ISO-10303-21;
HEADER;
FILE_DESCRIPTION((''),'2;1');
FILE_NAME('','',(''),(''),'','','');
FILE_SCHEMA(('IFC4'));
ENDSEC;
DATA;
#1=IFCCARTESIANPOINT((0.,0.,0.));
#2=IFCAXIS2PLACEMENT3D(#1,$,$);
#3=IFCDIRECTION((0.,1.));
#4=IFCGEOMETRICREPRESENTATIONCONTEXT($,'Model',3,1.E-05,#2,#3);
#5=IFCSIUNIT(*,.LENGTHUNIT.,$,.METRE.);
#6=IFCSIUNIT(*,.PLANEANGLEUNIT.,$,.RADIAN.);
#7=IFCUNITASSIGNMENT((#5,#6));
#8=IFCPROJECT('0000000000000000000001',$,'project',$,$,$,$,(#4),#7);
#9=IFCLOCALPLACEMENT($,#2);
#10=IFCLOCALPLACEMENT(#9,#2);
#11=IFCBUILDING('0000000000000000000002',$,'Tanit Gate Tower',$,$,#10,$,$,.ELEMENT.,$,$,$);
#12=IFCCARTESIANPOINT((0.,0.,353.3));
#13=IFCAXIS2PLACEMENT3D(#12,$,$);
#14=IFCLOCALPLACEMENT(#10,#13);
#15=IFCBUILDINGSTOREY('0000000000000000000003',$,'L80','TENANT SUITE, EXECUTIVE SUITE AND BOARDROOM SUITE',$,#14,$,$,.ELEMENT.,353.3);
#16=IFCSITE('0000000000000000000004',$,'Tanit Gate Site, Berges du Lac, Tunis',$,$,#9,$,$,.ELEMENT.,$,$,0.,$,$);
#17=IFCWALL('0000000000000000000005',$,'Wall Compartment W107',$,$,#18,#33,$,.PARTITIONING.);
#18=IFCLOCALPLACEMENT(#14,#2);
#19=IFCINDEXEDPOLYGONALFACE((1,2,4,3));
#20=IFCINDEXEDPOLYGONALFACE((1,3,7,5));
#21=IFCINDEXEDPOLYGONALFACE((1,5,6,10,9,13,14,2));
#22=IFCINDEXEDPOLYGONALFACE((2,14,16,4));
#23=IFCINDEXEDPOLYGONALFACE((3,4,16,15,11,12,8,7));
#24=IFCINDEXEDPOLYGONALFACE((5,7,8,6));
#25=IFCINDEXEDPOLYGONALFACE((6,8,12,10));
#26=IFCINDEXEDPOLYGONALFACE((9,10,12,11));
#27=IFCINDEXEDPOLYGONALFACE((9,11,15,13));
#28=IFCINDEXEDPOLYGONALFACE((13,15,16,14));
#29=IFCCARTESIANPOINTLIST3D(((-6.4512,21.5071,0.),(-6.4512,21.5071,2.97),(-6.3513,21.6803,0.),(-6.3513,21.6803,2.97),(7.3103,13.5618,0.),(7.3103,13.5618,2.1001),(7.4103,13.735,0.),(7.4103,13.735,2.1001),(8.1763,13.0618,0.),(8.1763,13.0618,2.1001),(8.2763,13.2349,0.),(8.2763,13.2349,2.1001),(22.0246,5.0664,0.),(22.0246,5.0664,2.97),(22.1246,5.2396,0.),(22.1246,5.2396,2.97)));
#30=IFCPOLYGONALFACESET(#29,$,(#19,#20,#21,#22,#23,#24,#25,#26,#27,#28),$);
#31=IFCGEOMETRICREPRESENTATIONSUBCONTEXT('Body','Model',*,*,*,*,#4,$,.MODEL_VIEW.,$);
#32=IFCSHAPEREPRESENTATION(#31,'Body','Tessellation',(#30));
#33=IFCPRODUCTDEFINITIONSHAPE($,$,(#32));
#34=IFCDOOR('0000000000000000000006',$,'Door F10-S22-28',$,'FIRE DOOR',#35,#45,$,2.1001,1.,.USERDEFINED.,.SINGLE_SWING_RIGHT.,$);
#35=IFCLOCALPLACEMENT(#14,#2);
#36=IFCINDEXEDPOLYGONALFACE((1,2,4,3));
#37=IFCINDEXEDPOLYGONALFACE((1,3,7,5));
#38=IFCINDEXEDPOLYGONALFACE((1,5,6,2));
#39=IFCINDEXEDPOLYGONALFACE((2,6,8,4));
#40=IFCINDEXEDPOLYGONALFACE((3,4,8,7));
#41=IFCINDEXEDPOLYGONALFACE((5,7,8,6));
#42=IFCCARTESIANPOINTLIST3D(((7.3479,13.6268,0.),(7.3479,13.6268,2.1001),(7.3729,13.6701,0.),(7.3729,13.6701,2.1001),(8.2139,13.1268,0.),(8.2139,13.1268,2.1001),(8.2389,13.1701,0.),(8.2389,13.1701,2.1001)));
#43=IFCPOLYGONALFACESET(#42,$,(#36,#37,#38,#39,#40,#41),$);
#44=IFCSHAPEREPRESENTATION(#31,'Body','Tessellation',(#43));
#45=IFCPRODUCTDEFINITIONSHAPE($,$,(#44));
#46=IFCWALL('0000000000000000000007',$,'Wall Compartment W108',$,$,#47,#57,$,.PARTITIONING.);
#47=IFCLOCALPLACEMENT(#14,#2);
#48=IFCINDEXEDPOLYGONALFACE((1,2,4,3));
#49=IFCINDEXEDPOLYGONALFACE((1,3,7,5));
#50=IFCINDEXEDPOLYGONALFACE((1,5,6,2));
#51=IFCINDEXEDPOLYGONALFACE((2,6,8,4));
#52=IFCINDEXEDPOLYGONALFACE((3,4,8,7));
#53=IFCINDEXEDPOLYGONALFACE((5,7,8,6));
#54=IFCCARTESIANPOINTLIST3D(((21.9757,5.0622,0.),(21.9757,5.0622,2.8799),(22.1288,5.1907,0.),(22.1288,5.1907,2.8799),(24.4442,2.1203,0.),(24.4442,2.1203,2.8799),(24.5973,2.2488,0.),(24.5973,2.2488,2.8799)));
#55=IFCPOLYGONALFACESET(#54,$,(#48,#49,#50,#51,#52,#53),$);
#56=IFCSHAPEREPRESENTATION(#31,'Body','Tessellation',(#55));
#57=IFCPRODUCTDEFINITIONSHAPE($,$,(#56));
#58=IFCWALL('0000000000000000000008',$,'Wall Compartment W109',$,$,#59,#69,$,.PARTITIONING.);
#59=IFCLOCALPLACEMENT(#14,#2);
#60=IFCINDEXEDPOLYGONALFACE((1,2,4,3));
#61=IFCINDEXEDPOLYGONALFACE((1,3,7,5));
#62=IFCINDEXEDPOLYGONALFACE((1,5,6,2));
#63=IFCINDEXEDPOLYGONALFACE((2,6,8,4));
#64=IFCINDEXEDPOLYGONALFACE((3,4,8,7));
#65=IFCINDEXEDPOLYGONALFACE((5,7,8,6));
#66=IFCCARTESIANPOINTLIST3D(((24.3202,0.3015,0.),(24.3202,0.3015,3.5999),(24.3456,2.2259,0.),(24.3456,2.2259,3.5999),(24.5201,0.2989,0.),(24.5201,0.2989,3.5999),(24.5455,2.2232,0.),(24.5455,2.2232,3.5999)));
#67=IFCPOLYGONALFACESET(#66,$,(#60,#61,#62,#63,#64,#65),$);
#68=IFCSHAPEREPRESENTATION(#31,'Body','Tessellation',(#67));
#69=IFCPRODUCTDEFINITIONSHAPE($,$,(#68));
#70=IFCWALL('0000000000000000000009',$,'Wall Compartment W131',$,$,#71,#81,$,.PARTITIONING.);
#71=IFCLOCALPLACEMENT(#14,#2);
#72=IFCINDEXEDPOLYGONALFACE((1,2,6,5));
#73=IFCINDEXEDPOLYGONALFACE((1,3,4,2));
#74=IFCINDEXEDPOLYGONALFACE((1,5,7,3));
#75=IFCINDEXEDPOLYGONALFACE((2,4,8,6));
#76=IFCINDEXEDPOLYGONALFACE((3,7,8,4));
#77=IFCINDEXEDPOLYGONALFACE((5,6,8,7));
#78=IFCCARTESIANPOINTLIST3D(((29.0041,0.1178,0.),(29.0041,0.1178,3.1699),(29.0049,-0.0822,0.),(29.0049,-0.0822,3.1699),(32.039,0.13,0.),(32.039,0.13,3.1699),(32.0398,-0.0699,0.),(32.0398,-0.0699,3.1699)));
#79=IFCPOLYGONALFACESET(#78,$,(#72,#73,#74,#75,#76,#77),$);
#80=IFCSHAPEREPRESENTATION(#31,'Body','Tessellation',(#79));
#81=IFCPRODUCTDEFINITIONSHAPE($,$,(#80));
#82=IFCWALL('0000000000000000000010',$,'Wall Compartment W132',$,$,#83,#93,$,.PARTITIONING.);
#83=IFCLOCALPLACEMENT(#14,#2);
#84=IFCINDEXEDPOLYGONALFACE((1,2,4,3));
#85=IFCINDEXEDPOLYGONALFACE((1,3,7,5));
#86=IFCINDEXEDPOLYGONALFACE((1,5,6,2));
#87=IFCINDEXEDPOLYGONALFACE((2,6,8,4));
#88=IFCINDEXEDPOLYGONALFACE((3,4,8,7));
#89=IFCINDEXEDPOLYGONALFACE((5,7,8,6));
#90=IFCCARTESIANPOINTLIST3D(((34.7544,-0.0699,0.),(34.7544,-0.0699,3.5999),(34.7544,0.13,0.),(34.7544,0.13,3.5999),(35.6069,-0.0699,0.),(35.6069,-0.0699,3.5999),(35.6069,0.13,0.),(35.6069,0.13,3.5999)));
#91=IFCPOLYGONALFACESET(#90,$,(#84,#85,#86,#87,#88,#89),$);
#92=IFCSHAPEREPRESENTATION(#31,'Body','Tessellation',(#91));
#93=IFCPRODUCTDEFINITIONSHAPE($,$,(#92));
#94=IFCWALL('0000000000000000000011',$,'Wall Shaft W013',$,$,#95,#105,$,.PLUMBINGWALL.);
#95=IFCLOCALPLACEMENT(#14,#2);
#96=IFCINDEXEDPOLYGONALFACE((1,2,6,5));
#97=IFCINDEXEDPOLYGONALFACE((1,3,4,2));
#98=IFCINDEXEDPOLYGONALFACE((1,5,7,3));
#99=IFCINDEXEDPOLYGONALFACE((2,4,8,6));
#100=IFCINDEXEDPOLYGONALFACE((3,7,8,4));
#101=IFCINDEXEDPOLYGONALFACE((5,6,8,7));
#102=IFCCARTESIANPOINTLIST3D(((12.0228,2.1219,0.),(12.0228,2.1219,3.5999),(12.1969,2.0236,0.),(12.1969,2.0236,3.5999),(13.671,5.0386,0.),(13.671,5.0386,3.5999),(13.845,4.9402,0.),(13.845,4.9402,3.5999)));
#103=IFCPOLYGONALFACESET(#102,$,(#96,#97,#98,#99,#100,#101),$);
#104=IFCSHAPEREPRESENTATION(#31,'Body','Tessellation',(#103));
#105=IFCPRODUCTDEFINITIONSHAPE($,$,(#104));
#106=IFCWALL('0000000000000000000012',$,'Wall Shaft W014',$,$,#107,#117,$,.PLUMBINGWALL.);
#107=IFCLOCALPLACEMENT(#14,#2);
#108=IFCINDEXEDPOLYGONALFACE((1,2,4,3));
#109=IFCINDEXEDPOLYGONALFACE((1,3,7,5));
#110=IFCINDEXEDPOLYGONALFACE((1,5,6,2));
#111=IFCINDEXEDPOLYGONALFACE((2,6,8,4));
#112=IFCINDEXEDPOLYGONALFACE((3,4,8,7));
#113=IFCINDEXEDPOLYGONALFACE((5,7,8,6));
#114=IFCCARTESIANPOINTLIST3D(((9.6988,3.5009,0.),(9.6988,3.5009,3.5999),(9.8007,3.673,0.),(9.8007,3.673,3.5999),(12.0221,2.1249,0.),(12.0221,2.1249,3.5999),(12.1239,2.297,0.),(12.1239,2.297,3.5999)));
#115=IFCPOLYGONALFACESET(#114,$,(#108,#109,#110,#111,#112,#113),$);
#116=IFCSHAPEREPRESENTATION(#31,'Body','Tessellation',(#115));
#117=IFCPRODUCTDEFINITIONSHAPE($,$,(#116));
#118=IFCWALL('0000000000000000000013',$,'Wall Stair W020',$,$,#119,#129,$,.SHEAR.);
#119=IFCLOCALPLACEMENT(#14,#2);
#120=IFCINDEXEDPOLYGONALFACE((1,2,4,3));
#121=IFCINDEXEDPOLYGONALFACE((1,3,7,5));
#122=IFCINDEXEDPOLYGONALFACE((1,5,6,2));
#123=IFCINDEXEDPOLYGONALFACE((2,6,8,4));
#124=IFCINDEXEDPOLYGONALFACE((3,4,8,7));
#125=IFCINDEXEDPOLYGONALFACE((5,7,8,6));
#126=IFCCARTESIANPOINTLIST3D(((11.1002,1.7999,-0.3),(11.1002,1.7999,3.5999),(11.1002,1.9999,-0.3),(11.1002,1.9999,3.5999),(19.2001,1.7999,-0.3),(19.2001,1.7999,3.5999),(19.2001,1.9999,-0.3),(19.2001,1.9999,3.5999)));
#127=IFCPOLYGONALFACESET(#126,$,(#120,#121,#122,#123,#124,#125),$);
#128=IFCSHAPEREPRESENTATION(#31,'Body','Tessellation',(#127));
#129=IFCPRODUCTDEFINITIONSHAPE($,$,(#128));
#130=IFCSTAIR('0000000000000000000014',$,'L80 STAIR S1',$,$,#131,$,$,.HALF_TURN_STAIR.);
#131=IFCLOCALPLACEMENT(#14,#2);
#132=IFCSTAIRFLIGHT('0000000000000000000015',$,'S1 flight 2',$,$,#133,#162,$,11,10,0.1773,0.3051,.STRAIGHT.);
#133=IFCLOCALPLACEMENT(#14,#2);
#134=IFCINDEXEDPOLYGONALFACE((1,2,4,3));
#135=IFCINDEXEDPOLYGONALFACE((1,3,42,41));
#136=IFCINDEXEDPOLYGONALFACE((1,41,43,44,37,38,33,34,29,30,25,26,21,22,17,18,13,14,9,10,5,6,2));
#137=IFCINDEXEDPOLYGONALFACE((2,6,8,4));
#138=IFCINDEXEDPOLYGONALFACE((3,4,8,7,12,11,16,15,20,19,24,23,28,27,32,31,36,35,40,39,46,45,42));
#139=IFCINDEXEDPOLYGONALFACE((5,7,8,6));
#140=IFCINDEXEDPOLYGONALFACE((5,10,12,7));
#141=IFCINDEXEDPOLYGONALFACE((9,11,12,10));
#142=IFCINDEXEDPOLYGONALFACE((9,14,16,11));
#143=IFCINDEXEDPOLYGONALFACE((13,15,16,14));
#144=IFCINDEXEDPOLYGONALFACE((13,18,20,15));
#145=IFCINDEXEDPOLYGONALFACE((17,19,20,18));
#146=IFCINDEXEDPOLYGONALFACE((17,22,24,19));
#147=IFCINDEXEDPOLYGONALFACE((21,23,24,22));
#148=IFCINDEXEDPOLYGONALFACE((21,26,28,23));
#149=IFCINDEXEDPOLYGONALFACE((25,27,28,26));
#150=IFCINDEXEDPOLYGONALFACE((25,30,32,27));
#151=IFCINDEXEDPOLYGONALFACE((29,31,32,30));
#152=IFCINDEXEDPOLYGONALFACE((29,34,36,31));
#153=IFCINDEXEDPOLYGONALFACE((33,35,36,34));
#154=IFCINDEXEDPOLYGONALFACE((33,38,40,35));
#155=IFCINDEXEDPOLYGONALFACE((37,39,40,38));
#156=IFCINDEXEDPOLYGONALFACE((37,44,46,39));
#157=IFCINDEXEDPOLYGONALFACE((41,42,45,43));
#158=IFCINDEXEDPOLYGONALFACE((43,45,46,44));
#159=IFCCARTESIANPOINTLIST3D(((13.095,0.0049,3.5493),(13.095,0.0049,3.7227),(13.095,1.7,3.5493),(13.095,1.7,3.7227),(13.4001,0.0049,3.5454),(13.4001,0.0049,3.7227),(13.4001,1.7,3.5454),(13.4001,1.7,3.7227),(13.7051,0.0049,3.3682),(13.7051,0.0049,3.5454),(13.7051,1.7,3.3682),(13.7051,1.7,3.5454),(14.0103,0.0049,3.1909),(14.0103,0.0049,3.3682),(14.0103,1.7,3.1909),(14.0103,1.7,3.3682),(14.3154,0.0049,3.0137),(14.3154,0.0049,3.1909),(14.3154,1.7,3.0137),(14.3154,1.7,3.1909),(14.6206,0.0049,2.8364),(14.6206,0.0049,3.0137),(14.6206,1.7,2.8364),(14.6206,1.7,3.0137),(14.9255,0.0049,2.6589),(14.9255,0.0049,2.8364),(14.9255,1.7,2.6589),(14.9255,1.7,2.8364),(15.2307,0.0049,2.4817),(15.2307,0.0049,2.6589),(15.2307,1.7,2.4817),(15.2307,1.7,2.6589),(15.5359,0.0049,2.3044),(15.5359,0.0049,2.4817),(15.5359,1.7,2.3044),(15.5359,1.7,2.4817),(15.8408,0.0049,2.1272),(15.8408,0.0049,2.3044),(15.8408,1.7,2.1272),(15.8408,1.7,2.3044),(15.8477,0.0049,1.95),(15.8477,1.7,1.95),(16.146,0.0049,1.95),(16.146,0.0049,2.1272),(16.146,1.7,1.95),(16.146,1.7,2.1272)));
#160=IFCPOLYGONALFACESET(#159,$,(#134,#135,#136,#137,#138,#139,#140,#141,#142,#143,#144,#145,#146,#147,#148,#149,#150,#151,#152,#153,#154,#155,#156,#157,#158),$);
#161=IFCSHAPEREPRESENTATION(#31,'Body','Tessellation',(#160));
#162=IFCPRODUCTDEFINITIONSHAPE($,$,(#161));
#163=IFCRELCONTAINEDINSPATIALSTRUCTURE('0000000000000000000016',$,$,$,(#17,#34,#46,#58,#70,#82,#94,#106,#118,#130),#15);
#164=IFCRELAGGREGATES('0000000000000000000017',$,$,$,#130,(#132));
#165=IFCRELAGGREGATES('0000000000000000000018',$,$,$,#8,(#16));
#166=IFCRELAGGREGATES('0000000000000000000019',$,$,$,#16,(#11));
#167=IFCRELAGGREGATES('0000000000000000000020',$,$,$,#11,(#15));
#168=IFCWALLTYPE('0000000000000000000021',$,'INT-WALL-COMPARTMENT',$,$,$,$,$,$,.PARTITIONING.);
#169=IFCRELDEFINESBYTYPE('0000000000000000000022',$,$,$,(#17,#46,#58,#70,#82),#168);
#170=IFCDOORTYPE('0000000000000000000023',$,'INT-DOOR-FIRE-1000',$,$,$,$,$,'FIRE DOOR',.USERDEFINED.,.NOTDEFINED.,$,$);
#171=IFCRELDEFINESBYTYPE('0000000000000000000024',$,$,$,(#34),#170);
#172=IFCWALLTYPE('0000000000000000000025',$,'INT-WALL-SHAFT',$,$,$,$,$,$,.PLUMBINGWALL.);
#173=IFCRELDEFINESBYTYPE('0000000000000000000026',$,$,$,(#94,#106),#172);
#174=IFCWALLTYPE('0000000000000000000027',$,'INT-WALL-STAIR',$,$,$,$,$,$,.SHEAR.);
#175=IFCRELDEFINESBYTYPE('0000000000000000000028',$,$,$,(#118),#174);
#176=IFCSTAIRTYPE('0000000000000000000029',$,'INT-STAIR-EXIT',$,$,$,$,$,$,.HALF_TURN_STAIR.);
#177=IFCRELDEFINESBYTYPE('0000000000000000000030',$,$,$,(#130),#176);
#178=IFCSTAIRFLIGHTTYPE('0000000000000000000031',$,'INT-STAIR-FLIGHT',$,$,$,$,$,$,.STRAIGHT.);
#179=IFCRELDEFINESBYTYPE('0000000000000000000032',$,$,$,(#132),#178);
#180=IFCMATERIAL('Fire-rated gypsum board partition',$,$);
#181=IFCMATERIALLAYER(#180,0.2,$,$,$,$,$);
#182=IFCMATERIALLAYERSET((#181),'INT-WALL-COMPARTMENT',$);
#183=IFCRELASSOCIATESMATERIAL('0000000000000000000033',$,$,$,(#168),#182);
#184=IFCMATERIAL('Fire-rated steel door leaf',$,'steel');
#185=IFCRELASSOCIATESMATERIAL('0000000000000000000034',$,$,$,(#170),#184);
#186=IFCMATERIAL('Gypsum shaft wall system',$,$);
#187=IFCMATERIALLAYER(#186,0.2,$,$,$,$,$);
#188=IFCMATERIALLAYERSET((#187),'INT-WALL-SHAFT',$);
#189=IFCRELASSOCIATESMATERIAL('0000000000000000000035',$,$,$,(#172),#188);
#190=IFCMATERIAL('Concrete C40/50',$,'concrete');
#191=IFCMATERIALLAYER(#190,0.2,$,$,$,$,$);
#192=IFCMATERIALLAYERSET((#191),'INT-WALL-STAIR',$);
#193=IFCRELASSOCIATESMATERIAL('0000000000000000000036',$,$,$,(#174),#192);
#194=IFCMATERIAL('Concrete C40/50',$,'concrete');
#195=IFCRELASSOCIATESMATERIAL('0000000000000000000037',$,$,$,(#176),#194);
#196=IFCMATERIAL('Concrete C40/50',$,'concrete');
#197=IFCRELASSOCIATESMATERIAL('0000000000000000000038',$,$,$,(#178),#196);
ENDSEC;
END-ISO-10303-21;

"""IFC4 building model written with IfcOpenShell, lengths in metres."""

from ifc_helpers import new_model, si_unit, direction, frame, frame_2d, origin, place, context, subcontext, project, spatial, polyline, rectangle, outline, extrude, material, layer, layer_set, type_object, element, fill, aggregate, save


model = new_model("IFC4")

# Units and contexts
model_context = context("Model", 3, precision=1e-05, world=origin(), true_north=direction((0.0, 1.0)))
body_context = subcontext(model_context, "Body", "Model", "MODEL_VIEW")
ifc_project = project(units=[si_unit("LENGTHUNIT", "METRE"), si_unit("PLANEANGLEUNIT", "RADIAN")], contexts=[model_context])

# Site, building, storey
site_placement = place(None, origin())
site = spatial("IfcSite", under=ifc_project, at=site_placement, Name="Tanit Gate Site, Berges du Lac, Tunis", CompositionType="ELEMENT", RefElevation=0.0)
building_placement = place(site_placement, origin())
building = spatial("IfcBuilding", under=site, at=building_placement, Name="Tanit Gate Tower", CompositionType="ELEMENT")
storey_placement = place(building_placement, frame((0.0, 0.0, 353.3)))
storey = spatial("IfcBuildingStorey", under=building, at=storey_placement, Name="L80", Description="TENANT SUITE, EXECUTIVE SUITE AND BOARDROOM SUITE", CompositionType="ELEMENT", Elevation=353.3)

# Wall, opening, door
ifc_material_1 = material(Name="Fire-rated gypsum board partition")
ifc_layer_1 = layer(ifc_material_1, 0.2)
ifc_layer_set_1 = layer_set([ifc_layer_1], Name="INT-WALL-COMPARTMENT")
wall_type_1 = type_object("IfcWallType", Name="INT-WALL-COMPARTMENT", PredefinedType="PARTITIONING", material=ifc_layer_set_1)
wall_1_placement = place(storey_placement, frame((22.0745, 5.1531, 0.0), z_axis=(0.0, 0.0, 1.0), x_axis=(-0.866023, 0.500003, 0.0)))
wall_1 = element("IfcWall", 1, at=wall_1_placement, inside=storey, type_object=wall_type_1, Name="Wall Compartment W107", PredefinedType="PARTITIONING", context=body_context, shape_type="SweptSolid", body=[
    extrude(rectangle(XDim=32.8811, YDim=0.2, at=frame_2d((16.4404, 0.0))), origin(), (0.0, 0.0, 1.0), 2.97),
])
opening_1_placement = place(wall_1_placement, frame((15.9905, 0.0, 0.0)))
opening_1 = element("IfcOpeningElement", 2, at=opening_1_placement, cuts=wall_1, PredefinedType="OPENING", context=body_context, shape_type="SweptSolid", body=[
    extrude(rectangle(XDim=1.0, YDim=2.1001, at=frame_2d((0.5, 1.05))), frame((0.0, 0.1099, 0.0), z_axis=(0.0, -1.0, 0.0), x_axis=(1.0, 0.0, 0.0)), (0.0, 0.0, 1.0), 0.22),
])
ifc_material_2 = material(Name="Fire-rated steel door leaf", Category="steel")
door_type_1 = type_object("IfcDoorType", Name="INT-DOOR-FIRE-1000", ElementType="FIRE DOOR", OperationType="NOTDEFINED", PredefinedType="USERDEFINED", material=ifc_material_2)
door_1_placement = place(opening_1_placement, origin())
door_1 = element("IfcDoor", 3, at=door_1_placement, inside=storey, type_object=door_type_1, Name="Door F10-S22-28", ObjectType="FIRE DOOR", OperationType="SINGLE_SWING_RIGHT", OverallHeight=2.1001, OverallWidth=1.0, PredefinedType="USERDEFINED", context=body_context, shape_type="SweptSolid", body=[
    extrude(rectangle(XDim=1.0, YDim=2.1001, at=frame_2d((0.5, 1.05))), frame((0.0, 0.0249, 0.0), z_axis=(0.0, -1.0, 0.0), x_axis=(1.0, 0.0, 0.0)), (0.0, 0.0, 1.0), 0.05),
])
fill(opening_1, door_1)

# Walls
wall_2_placement = place(storey_placement, frame((24.5208, 2.1846, 0.0), z_axis=(0.0, 0.0, 1.0), x_axis=(-0.642782, 0.766049, 0.0)))
element("IfcWall", 4, at=wall_2_placement, inside=storey, type_object=wall_type_1, Name="Wall Compartment W108", PredefinedType="PARTITIONING", context=body_context, shape_type="SweptSolid", body=[
    extrude(rectangle(XDim=3.8403, YDim=0.2, at=frame_2d((1.9202, 0.0))), origin(), (0.0, 0.0, 1.0), 2.8799),
])
wall_3_placement = place(storey_placement, frame((24.4202, 0.3, 0.0), z_axis=(0.0, 0.0, 1.0), x_axis=(0.013193, 0.999913, 0.0)))
element("IfcWall", 5, at=wall_3_placement, inside=storey, type_object=wall_type_1, Name="Wall Compartment W109", PredefinedType="PARTITIONING", context=body_context, shape_type="SweptSolid", body=[
    extrude(rectangle(XDim=1.9246, YDim=0.2, at=frame_2d((0.9624, 0.0))), origin(), (0.0, 0.0, 1.0), 3.5999),
])
wall_4_placement = place(storey_placement, frame((29.0044, 0.0178, 0.0), z_axis=(0.0, 0.0, 1.0), x_axis=(0.999992, 0.004022, 0.0)))
element("IfcWall", 6, at=wall_4_placement, inside=storey, type_object=wall_type_1, Name="Wall Compartment W131", PredefinedType="PARTITIONING", context=body_context, shape_type="SweptSolid", body=[
    extrude(rectangle(XDim=3.0349, YDim=0.2, at=frame_2d((1.5176, 0.0))), origin(), (0.0, 0.0, 1.0), 3.1699),
])
wall_5_placement = place(storey_placement, frame((34.7544, 0.03, 0.0), z_axis=(0.0, 0.0, 1.0), x_axis=(1.0, 0.0, 0.0)))
element("IfcWall", 7, at=wall_5_placement, inside=storey, type_object=wall_type_1, Name="Wall Compartment W132", PredefinedType="PARTITIONING", context=body_context, shape_type="SweptSolid", body=[
    extrude(rectangle(XDim=0.8525, YDim=0.2, at=frame_2d((0.4263, 0.0))), origin(), (0.0, 0.0, 1.0), 3.5999),
])
ifc_material_3 = material(Name="Gypsum shaft wall system")
ifc_layer_2 = layer(ifc_material_3, 0.2)
ifc_layer_set_2 = layer_set([ifc_layer_2], Name="INT-WALL-SHAFT")
wall_type_2 = type_object("IfcWallType", Name="INT-WALL-SHAFT", PredefinedType="PLUMBINGWALL", material=ifc_layer_set_2)
wall_6_placement = place(storey_placement, frame((12.1099, 2.0728, 0.0), z_axis=(0.0, 0.0, 1.0), x_axis=(0.491966, 0.870614, 0.0)))
element("IfcWall", 8, at=wall_6_placement, inside=storey, type_object=wall_type_2, Name="Wall Shaft W013", PredefinedType="PLUMBINGWALL", context=body_context, shape_type="SweptSolid", body=[
    extrude(rectangle(XDim=3.3501, YDim=0.2, at=frame_2d((1.675, 0.0))), origin(), (0.0, 0.0, 1.0), 3.5999),
])
wall_7_placement = place(storey_placement, frame((12.073, 2.2109, 0.0), z_axis=(0.0, 0.0, 1.0), x_axis=(-0.860415, 0.509594, 0.0)))
element("IfcWall", 9, at=wall_7_placement, inside=storey, type_object=wall_type_2, Name="Wall Shaft W014", PredefinedType="PLUMBINGWALL", context=body_context, shape_type="SweptSolid", body=[
    extrude(rectangle(XDim=2.7002, YDim=0.2, at=frame_2d((1.3501, 0.0))), origin(), (0.0, 0.0, 1.0), 3.5999),
])
ifc_material_4 = material(Name="Concrete C40/50", Category="concrete")
ifc_layer_3 = layer(ifc_material_4, 0.2)
ifc_layer_set_3 = layer_set([ifc_layer_3], Name="INT-WALL-STAIR")
wall_type_3 = type_object("IfcWallType", Name="INT-WALL-STAIR", PredefinedType="SHEAR", material=ifc_layer_set_3)
wall_8_placement = place(storey_placement, frame((19.2, 1.8999, -0.3), z_axis=(0.0, 0.0, 1.0), x_axis=(-1.0, 0.0, 0.0)))
element("IfcWall", 10, at=wall_8_placement, inside=storey, type_object=wall_type_3, Name="Wall Stair W020", PredefinedType="SHEAR", context=body_context, shape_type="SweptSolid", body=[
    extrude(rectangle(XDim=8.0999, YDim=0.2, at=frame_2d((4.0498, 0.0))), origin(), (0.0, 0.0, 1.0), 3.8999),
])

# Stair, stair flight
ifc_material_5 = material(Name="Concrete C40/50", Category="concrete")
stair_type = type_object("IfcStairType", Name="INT-STAIR-EXIT", PredefinedType="HALF_TURN_STAIR", material=ifc_material_5)
stair_placement = place(storey_placement, origin())
stair = element("IfcStair", 11, at=stair_placement, inside=storey, type_object=stair_type, Name="L80 STAIR S1", PredefinedType="HALF_TURN_STAIR")
ifc_material_6 = material(Name="Concrete C40/50", Category="concrete")
stair_flight_type = type_object("IfcStairFlightType", Name="INT-STAIR-FLIGHT", PredefinedType="STRAIGHT", material=ifc_material_6)
stair_flight_placement = place(storey_placement, frame((16.146, 0.8525, 1.95), z_axis=(0.0, 0.0, 1.0), x_axis=(-1.0, 0.0, 0.0)))
stair_flight = element("IfcStairFlight", 12, at=stair_flight_placement, type_object=stair_flight_type, Name="S1 flight 2", NumberOfRisers=11, NumberOfTreads=10, PredefinedType="STRAIGHT", RiserHeight=0.1773, TreadLength=0.3051, context=body_context, shape_type="SweptSolid", body=[
    extrude(outline(polyline([(0.0, 0.0), (0.0, 0.1772), (0.3052, 0.1772), (0.3052, 0.3545), (0.6101, 0.3545), (0.6101, 0.5317), (0.9153, 0.5317), (0.9153, 0.709), (1.2205, 0.709), (1.2205, 0.8865), (1.5254, 0.8865), (1.5254, 1.0637), (1.8306, 1.0637), (1.8306, 1.241), (2.1357, 1.241), (2.1357, 1.4182), (2.4409, 1.4182), (2.4409, 1.5955), (2.7458, 1.5955), (2.7458, 1.7727), (3.051, 1.7727), (3.051, 1.95), (3.051, 1.5994), (0.2983, 0.0), (0.0, 0.0)])), frame((0.0, 0.8477, 0.0), z_axis=(0.0, -1.0, 0.0), x_axis=(1.0, 0.0, 0.0)), (0.0, 0.0, 1.0), 1.6951),
])
aggregate(stair, [stair_flight])

save(model, "model.ifc")
